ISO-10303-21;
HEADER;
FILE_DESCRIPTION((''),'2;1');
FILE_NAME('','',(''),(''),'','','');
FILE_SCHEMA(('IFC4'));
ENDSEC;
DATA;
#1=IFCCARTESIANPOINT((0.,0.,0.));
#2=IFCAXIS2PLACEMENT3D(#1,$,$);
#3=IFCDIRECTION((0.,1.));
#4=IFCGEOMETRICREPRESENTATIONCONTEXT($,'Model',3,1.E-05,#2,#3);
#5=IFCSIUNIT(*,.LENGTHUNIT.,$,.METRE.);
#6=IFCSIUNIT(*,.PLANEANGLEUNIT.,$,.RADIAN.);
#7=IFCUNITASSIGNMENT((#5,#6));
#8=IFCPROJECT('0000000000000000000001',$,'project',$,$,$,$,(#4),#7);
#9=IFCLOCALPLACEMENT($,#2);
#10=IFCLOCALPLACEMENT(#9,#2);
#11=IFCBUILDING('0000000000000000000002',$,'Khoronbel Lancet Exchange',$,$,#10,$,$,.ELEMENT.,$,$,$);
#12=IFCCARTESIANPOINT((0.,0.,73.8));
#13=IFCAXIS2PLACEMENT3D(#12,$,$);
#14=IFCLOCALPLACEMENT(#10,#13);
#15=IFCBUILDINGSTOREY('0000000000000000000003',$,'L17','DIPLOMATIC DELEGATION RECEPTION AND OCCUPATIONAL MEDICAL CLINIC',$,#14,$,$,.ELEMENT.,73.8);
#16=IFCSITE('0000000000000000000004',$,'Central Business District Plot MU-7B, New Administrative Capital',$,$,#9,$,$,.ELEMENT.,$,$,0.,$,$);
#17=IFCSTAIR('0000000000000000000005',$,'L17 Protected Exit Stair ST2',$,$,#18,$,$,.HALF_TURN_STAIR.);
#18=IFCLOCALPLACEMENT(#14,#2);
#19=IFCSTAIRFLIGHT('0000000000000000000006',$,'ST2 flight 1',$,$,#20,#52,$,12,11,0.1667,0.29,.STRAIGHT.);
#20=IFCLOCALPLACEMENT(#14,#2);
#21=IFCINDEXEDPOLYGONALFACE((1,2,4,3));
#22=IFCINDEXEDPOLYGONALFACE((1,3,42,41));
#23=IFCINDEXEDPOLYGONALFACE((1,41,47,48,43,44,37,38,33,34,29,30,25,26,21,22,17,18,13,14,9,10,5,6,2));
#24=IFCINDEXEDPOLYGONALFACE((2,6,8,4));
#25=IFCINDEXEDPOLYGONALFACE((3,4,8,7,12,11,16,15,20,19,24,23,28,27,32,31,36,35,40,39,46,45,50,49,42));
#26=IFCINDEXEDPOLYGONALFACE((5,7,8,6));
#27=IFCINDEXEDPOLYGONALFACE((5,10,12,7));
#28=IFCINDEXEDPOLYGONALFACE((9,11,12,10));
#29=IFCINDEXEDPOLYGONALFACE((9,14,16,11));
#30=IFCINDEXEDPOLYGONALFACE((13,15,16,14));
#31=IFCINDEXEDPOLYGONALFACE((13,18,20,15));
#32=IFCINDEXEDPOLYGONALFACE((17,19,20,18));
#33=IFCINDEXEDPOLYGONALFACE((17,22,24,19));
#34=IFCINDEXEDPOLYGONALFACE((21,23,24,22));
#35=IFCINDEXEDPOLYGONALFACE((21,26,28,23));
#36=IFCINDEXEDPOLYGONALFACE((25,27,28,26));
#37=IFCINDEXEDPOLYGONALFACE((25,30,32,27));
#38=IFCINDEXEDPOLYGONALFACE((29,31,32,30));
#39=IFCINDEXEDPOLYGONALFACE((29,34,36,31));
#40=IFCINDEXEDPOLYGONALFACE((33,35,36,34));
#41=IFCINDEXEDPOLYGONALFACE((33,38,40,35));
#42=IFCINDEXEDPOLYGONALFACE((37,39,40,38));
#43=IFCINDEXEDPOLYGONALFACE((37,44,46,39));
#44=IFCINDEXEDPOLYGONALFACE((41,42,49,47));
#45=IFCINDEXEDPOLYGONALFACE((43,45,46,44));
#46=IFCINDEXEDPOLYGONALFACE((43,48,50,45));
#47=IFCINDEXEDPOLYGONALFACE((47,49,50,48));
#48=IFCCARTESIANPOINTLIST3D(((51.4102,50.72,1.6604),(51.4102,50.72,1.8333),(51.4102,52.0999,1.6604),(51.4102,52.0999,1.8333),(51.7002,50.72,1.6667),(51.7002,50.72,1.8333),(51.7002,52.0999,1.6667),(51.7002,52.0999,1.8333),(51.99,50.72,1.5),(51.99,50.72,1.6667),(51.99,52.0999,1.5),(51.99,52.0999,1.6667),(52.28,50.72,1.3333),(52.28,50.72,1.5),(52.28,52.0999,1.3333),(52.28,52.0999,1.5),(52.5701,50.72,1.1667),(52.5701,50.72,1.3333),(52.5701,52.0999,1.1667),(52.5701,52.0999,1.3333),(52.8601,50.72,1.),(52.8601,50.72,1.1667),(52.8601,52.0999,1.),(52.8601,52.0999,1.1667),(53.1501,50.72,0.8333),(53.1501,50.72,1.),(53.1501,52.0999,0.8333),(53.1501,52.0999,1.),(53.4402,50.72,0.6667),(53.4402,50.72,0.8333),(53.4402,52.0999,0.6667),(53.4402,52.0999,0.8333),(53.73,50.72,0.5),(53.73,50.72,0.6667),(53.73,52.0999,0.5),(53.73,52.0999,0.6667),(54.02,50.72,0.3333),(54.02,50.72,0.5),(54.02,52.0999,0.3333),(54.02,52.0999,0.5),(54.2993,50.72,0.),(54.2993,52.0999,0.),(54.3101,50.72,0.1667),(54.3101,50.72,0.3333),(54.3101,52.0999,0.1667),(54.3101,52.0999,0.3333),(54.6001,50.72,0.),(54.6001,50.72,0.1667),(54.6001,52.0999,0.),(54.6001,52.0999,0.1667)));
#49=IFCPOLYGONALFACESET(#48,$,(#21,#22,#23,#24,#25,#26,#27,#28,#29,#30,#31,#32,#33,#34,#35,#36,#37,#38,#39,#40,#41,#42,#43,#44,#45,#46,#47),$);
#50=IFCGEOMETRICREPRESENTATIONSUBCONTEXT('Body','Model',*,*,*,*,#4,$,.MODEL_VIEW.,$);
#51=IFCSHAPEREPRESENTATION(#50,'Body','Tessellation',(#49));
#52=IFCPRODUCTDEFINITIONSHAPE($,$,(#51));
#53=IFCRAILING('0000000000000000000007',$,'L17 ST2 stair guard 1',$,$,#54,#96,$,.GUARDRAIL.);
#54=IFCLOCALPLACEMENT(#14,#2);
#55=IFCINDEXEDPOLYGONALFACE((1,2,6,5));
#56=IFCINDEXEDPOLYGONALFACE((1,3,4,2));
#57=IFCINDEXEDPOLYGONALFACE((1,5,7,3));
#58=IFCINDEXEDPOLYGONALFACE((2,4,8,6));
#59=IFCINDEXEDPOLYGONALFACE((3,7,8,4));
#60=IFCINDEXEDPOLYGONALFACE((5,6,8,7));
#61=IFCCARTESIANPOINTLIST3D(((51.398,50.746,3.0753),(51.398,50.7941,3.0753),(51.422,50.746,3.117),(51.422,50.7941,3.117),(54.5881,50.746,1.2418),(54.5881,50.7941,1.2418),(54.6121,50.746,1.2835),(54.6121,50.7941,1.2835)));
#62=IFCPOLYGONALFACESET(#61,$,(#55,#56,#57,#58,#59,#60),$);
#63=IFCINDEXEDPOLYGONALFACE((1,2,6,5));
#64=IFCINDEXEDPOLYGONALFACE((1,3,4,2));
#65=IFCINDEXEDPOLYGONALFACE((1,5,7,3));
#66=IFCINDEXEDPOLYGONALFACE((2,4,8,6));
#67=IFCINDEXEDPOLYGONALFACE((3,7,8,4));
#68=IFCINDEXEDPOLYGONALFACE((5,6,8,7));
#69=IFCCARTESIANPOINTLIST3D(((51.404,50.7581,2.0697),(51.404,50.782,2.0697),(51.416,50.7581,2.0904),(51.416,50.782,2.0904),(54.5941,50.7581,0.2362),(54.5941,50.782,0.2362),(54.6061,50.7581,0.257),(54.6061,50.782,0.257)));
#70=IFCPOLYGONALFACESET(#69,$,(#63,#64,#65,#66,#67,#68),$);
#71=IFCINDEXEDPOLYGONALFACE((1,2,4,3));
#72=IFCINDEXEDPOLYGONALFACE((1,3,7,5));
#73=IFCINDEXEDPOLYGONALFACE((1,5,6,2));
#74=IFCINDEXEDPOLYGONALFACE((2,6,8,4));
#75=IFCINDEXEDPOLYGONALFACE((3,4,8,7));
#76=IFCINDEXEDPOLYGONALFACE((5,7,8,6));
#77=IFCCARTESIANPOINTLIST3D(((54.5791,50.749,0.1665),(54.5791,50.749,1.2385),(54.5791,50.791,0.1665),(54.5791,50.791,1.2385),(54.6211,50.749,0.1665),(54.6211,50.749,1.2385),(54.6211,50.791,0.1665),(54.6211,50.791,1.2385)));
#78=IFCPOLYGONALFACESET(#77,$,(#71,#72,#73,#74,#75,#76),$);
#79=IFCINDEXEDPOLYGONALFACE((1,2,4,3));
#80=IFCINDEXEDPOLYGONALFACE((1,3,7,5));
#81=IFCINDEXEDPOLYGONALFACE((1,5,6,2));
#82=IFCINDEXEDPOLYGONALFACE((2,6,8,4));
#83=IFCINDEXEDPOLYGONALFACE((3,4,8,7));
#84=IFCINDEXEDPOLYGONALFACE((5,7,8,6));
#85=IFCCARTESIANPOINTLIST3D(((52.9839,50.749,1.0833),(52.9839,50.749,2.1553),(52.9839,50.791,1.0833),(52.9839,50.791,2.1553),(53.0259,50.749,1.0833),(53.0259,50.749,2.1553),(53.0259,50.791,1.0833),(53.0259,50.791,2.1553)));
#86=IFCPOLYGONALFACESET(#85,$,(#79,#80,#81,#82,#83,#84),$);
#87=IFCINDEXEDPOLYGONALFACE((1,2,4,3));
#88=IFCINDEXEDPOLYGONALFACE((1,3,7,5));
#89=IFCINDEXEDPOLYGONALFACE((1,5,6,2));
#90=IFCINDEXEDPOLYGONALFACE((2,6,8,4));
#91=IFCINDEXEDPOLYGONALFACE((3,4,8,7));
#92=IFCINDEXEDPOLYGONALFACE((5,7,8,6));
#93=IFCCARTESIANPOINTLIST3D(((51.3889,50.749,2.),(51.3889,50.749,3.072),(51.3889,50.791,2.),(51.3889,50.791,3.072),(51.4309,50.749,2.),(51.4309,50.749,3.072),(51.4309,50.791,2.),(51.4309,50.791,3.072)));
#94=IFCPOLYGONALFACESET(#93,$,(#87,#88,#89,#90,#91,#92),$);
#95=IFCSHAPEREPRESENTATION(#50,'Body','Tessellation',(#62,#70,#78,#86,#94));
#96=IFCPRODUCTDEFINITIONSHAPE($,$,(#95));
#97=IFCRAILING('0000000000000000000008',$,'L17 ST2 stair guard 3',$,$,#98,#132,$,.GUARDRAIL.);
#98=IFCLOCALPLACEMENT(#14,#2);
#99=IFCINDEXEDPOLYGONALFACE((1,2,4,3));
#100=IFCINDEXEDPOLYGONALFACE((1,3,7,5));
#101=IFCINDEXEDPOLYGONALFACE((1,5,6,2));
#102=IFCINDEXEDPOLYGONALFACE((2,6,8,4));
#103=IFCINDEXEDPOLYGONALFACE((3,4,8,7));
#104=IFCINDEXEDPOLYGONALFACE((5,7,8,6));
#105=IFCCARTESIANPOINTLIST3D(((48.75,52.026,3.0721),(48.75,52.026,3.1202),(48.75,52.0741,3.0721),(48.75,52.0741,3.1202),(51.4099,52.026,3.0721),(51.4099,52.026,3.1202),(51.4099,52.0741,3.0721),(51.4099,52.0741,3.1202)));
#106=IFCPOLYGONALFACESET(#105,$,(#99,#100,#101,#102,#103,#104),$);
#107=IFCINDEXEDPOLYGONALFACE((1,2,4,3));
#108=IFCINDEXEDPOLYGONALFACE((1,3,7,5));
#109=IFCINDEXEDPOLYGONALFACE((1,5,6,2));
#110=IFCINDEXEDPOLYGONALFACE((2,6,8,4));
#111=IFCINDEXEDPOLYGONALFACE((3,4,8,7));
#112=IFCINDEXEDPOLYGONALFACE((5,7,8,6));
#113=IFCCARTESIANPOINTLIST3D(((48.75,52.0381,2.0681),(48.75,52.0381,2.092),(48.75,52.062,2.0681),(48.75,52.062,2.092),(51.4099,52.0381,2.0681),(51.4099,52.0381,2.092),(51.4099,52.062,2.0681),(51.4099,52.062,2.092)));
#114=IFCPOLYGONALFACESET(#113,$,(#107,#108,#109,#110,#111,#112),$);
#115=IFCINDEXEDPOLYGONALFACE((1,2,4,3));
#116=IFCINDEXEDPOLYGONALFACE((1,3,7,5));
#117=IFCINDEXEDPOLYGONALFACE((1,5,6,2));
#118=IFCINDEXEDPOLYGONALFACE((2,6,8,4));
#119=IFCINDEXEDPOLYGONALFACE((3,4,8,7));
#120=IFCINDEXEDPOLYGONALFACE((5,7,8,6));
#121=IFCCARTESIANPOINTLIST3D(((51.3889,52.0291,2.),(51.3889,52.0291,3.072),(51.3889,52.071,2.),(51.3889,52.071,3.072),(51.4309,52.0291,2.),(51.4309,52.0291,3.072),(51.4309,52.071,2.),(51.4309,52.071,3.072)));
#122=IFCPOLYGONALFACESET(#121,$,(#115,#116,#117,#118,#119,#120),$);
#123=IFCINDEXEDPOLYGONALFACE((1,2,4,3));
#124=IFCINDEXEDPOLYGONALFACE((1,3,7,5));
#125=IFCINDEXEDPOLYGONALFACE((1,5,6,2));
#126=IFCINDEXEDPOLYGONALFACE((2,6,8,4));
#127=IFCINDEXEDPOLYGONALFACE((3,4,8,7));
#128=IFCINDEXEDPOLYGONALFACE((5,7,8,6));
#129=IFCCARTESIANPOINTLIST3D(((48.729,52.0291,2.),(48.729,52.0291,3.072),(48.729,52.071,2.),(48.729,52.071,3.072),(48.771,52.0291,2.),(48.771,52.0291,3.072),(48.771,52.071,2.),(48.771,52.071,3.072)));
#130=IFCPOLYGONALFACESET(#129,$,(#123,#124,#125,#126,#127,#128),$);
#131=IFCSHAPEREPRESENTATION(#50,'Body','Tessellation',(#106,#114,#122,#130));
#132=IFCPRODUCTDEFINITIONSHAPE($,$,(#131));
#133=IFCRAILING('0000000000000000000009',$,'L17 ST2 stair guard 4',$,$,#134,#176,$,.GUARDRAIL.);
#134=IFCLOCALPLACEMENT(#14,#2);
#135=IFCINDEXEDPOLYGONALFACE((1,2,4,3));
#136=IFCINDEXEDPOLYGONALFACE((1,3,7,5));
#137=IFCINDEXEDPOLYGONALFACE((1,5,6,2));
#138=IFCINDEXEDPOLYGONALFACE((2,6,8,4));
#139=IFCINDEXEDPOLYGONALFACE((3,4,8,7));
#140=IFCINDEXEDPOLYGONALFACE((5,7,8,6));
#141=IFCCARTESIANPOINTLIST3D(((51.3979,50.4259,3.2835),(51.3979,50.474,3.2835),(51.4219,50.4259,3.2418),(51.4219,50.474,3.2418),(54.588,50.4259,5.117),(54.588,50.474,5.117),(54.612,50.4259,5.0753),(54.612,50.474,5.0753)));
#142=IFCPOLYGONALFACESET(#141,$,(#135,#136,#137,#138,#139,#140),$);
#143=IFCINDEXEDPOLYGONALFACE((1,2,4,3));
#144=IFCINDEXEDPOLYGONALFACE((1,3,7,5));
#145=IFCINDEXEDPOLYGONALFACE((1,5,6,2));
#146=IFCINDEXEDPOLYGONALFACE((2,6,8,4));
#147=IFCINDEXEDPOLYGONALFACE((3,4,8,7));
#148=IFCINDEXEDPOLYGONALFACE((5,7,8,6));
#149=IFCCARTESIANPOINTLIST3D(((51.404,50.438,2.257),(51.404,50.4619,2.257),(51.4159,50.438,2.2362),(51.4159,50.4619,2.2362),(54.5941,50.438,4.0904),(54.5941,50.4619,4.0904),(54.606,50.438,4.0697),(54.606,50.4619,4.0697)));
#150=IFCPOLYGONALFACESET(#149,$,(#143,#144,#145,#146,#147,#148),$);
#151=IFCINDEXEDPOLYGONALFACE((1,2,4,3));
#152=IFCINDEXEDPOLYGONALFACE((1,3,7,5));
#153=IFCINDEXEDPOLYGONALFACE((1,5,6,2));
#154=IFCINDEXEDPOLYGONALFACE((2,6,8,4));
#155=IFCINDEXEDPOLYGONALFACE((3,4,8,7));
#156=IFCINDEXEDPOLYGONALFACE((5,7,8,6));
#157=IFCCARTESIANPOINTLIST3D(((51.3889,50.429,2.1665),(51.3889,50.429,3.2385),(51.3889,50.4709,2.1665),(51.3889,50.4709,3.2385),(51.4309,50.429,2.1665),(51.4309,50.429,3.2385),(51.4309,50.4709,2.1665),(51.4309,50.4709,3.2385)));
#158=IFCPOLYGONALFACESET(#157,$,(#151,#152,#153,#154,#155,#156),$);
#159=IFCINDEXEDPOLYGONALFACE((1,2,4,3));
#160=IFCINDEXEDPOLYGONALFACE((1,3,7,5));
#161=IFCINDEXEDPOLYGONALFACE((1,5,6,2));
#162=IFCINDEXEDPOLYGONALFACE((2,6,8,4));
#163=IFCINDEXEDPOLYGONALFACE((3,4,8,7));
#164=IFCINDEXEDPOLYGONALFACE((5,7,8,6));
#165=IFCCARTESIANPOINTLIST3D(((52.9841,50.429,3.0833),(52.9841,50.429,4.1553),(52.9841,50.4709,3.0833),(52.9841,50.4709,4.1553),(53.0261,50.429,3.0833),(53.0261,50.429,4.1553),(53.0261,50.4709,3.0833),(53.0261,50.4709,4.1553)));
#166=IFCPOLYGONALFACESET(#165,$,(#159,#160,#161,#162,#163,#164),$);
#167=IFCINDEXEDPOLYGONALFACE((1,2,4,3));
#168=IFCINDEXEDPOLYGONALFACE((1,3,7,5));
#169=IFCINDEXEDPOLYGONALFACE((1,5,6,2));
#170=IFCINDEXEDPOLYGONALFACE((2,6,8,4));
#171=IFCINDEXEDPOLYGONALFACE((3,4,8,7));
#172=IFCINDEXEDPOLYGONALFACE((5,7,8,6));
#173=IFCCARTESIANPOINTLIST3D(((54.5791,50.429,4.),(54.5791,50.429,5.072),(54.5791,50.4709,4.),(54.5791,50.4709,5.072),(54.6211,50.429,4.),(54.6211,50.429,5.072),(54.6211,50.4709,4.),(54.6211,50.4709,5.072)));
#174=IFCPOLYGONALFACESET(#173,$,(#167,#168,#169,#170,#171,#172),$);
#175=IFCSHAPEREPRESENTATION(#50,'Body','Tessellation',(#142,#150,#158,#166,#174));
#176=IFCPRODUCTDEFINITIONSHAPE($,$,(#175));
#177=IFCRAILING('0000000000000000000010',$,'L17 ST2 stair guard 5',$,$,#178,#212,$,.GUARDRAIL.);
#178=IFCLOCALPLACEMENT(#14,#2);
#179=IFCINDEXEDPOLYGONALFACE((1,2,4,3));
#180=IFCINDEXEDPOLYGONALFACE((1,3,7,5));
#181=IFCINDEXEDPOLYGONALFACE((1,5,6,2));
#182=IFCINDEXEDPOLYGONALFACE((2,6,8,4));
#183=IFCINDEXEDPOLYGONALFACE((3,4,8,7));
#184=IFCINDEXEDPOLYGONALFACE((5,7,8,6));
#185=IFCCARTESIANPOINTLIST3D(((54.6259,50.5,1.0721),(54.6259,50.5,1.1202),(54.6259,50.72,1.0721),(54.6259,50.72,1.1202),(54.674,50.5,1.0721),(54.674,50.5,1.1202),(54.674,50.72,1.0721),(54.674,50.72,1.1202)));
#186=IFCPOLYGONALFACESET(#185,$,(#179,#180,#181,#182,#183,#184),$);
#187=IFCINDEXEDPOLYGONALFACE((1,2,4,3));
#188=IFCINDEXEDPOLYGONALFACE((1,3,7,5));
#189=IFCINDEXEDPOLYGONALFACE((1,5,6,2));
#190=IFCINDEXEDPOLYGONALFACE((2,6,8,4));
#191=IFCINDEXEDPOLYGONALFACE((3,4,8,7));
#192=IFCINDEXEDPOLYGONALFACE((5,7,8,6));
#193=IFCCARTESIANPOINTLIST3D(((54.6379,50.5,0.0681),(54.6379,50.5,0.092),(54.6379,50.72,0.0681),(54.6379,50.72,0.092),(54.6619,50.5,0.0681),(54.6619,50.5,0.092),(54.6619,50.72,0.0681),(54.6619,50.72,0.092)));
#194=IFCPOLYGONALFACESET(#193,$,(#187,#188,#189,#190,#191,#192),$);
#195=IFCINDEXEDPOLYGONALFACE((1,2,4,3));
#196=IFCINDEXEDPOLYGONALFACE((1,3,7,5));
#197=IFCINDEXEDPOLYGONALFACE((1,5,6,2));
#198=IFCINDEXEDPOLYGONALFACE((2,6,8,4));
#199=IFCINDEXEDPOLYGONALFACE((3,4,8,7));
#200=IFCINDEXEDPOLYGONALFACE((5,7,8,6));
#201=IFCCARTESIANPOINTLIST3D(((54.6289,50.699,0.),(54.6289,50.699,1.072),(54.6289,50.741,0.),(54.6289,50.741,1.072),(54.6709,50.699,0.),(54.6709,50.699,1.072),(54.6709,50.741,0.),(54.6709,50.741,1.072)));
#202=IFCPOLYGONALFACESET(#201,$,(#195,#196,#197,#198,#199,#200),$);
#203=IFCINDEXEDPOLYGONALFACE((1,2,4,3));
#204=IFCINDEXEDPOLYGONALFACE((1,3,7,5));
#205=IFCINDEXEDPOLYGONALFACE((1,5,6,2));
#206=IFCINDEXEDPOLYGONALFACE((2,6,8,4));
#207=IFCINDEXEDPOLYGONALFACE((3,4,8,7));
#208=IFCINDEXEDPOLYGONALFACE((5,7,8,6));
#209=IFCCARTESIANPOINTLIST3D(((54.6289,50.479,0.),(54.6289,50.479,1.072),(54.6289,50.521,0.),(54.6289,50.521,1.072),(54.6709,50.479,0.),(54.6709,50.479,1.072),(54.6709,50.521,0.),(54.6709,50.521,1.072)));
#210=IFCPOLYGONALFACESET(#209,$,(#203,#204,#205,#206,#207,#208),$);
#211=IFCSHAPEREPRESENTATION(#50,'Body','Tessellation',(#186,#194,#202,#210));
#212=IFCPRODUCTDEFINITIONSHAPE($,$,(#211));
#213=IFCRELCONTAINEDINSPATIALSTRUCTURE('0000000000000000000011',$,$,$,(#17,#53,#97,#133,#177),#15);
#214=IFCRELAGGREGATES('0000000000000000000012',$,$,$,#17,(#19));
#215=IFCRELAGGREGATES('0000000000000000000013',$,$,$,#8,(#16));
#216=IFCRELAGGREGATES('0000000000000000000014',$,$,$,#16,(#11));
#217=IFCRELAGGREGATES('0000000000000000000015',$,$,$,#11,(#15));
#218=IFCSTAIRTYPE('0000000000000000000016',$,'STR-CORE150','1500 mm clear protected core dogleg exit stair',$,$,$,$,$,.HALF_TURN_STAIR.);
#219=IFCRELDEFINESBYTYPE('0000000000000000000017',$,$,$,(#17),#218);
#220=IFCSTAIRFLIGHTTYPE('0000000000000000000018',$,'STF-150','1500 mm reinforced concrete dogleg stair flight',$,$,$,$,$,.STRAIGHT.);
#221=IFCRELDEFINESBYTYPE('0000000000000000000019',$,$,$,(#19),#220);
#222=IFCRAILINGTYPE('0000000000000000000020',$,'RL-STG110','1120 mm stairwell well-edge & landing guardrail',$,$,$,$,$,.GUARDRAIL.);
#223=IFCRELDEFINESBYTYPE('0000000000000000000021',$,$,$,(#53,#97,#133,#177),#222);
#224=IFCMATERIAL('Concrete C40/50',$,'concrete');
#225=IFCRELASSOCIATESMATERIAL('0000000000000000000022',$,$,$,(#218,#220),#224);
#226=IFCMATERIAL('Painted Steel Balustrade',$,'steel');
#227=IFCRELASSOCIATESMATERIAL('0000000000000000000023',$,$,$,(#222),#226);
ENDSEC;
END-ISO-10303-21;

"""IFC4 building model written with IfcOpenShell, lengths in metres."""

from ifc_helpers import new_model, si_unit, direction, frame, origin, origin_2d, place, context, subcontext, project, spatial, polyline, rectangle, outline, extrude, material, type_object, element, aggregate, save


model = new_model("IFC4")

# Units and contexts
model_context = context("Model", 3, precision=1e-05, world=origin(), true_north=direction((0.0, 1.0)))
body_context = subcontext(model_context, "Body", "Model", "MODEL_VIEW")
ifc_project = project(units=[si_unit("LENGTHUNIT", "METRE"), si_unit("PLANEANGLEUNIT", "RADIAN")], contexts=[model_context])

# Site, building, storey
site_placement = place(None, origin())
site = spatial("IfcSite", under=ifc_project, at=site_placement, Name="Central Business District Plot MU-7B, New Administrative Capital", CompositionType="ELEMENT", RefElevation=0.0)
building_placement = place(site_placement, origin())
building = spatial("IfcBuilding", under=site, at=building_placement, Name="Khoronbel Lancet Exchange", CompositionType="ELEMENT")
storey_placement = place(building_placement, frame((0.0, 0.0, 73.8)))
storey = spatial("IfcBuildingStorey", under=building, at=storey_placement, Name="L17", Description="DIPLOMATIC DELEGATION RECEPTION AND OCCUPATIONAL MEDICAL CLINIC", CompositionType="ELEMENT", Elevation=73.8)

# Stair, stair flight
ifc_material_1 = material(Name="Concrete C40/50", Category="concrete")
stair_type = type_object("IfcStairType", Name="STR-CORE150", Description="1500 mm clear protected core dogleg exit stair", PredefinedType="HALF_TURN_STAIR", material=ifc_material_1)
stair_placement = place(storey_placement, origin())
stair = element("IfcStair", 1, at=stair_placement, inside=storey, type_object=stair_type, Name="L17 Protected Exit Stair ST2", PredefinedType="HALF_TURN_STAIR")
stair_flight_type = type_object("IfcStairFlightType", Name="STF-150", Description="1500 mm reinforced concrete dogleg stair flight", PredefinedType="STRAIGHT", material=ifc_material_1)
stair_flight_placement = place(storey_placement, frame((54.6001, 51.4099, 0.0), z_axis=(0.0, 0.0, 1.0), x_axis=(-1.0, 0.0, 0.0)))
stair_flight = element("IfcStairFlight", 2, at=stair_flight_placement, type_object=stair_flight_type, Name="ST2 flight 1", NumberOfRisers=12, NumberOfTreads=11, PredefinedType="STRAIGHT", RiserHeight=0.1667, TreadLength=0.29, context=body_context, shape_type="SweptSolid", body=[
    extrude(outline(polyline([(0.0, 0.0), (0.0, 0.1667), (0.29, 0.1667), (0.29, 0.3333), (0.5801, 0.3333), (0.5801, 0.5), (0.8701, 0.5), (0.8701, 0.6667), (1.1599, 0.6667), (1.1599, 0.8333), (1.45, 0.8333), (1.45, 1.0), (1.74, 1.0), (1.74, 1.1667), (2.03, 1.1667), (2.03, 1.3333), (2.3201, 1.3333), (2.3201, 1.5), (2.6101, 1.5), (2.6101, 1.6667), (2.8999, 1.6667), (2.8999, 1.8333), (3.1899, 1.8333), (3.1899, 2.0), (3.1899, 1.6604), (0.3008, 0.0), (0.0, 0.0)])), frame((0.0, 0.6899, 0.0), z_axis=(0.0, -1.0, 0.0), x_axis=(1.0, 0.0, 0.0)), (0.0, 0.0, 1.0), 1.3799),
])
aggregate(stair, [stair_flight])

# Railings
ifc_material_2 = material(Name="Painted Steel Balustrade", Category="steel")
railing_type_1 = type_object("IfcRailingType", Name="RL-STG110", Description="1120 mm stairwell well-edge & landing guardrail", PredefinedType="GUARDRAIL", material=ifc_material_2)
railing_1_placement = place(storey_placement, frame((54.6001, 50.77, 0.1665)))
element("IfcRailing", 3, at=railing_1_placement, inside=storey, type_object=railing_type_1, Name="L17 ST2 stair guard 1", PredefinedType="GUARDRAIL", context=body_context, shape_type="SweptSolid", body=[
    extrude(rectangle(XDim=0.0481, YDim=0.0481, at=origin_2d()), frame((0.0, 0.0, 1.0962), z_axis=(-0.867007, 0.0, 0.498295), x_axis=(0.0, -1.0, 0.0)), (0.0, 0.0, 1.0), 3.6794),
    extrude(rectangle(XDim=0.0239, YDim=0.0239, at=origin_2d()), frame((0.0, 0.0, 0.0801), z_axis=(-0.867007, 0.0, 0.498295), x_axis=(0.0, -1.0, 0.0)), (0.0, 0.0, 1.0), 3.6794),
    extrude(rectangle(XDim=0.042, YDim=0.042, at=origin_2d()), origin(), (0.0, 0.0, 1.0), 1.072),
    extrude(rectangle(XDim=0.042, YDim=0.042, at=origin_2d()), frame((-1.5952, 0.0, 0.9167)), (0.0, 0.0, 1.0), 1.072),
    extrude(rectangle(XDim=0.042, YDim=0.042, at=origin_2d()), frame((-3.1902, 0.0, 1.8335)), (0.0, 0.0, 1.0), 1.072),
])
railing_2_placement = place(storey_placement, frame((51.4099, 52.05, 2.0)))
element("IfcRailing", 4, at=railing_2_placement, inside=storey, type_object=railing_type_1, Name="L17 ST2 stair guard 3", PredefinedType="GUARDRAIL", context=body_context, shape_type="SweptSolid", body=[
    extrude(rectangle(XDim=0.0481, YDim=0.0481, at=origin_2d()), frame((0.0, 0.0, 1.0962), z_axis=(-1.0, 0.0, 0.0), x_axis=(0.0, -1.0, 0.0)), (0.0, 0.0, 1.0), 2.6599),
    extrude(rectangle(XDim=0.0239, YDim=0.0239, at=origin_2d()), frame((0.0, 0.0, 0.0801), z_axis=(-1.0, 0.0, 0.0), x_axis=(0.0, -1.0, 0.0)), (0.0, 0.0, 1.0), 2.6599),
    extrude(rectangle(XDim=0.042, YDim=0.042, at=origin_2d()), origin(), (0.0, 0.0, 1.0), 1.072),
    extrude(rectangle(XDim=0.042, YDim=0.042, at=origin_2d()), frame((-2.6599, 0.0, 0.0)), (0.0, 0.0, 1.0), 1.072),
])
railing_3_placement = place(storey_placement, frame((51.4099, 50.45, 2.1665)))
element("IfcRailing", 5, at=railing_3_placement, inside=storey, type_object=railing_type_1, Name="L17 ST2 stair guard 4", PredefinedType="GUARDRAIL", context=body_context, shape_type="SweptSolid", body=[
    extrude(rectangle(XDim=0.0481, YDim=0.0481, at=origin_2d()), frame((0.0, 0.0, 1.0962), z_axis=(0.867007, 0.0, 0.498295), x_axis=(0.0, 1.0, 0.0)), (0.0, 0.0, 1.0), 3.6794),
    extrude(rectangle(XDim=0.0239, YDim=0.0239, at=origin_2d()), frame((0.0, 0.0, 0.0801), z_axis=(0.867007, 0.0, 0.498295), x_axis=(0.0, 1.0, 0.0)), (0.0, 0.0, 1.0), 3.6794),
    extrude(rectangle(XDim=0.042, YDim=0.042, at=origin_2d()), origin(), (0.0, 0.0, 1.0), 1.072),
    extrude(rectangle(XDim=0.042, YDim=0.042, at=origin_2d()), frame((1.5952, 0.0, 0.9167)), (0.0, 0.0, 1.0), 1.072),
    extrude(rectangle(XDim=0.042, YDim=0.042, at=origin_2d()), frame((3.1902, 0.0, 1.8335)), (0.0, 0.0, 1.0), 1.072),
])
railing_4_placement = place(storey_placement, frame((54.6499, 50.72, 0.0)))
element("IfcRailing", 6, at=railing_4_placement, inside=storey, type_object=railing_type_1, Name="L17 ST2 stair guard 5", PredefinedType="GUARDRAIL", context=body_context, shape_type="SweptSolid", body=[
    extrude(rectangle(XDim=0.0481, YDim=0.0481, at=origin_2d()), frame((0.0, 0.0, 1.0962), z_axis=(0.0, -1.0, 0.0), x_axis=(1.0, 0.0, 0.0)), (0.0, 0.0, 1.0), 0.22),
    extrude(rectangle(XDim=0.0239, YDim=0.0239, at=origin_2d()), frame((0.0, 0.0, 0.0801), z_axis=(0.0, -1.0, 0.0), x_axis=(1.0, 0.0, 0.0)), (0.0, 0.0, 1.0), 0.22),
    extrude(rectangle(XDim=0.042, YDim=0.042, at=origin_2d()), origin(), (0.0, 0.0, 1.0), 1.072),
    extrude(rectangle(XDim=0.042, YDim=0.042, at=origin_2d()), frame((0.0, -0.22, 0.0)), (0.0, 0.0, 1.0), 1.072),
])

save(model, "model.ifc")
